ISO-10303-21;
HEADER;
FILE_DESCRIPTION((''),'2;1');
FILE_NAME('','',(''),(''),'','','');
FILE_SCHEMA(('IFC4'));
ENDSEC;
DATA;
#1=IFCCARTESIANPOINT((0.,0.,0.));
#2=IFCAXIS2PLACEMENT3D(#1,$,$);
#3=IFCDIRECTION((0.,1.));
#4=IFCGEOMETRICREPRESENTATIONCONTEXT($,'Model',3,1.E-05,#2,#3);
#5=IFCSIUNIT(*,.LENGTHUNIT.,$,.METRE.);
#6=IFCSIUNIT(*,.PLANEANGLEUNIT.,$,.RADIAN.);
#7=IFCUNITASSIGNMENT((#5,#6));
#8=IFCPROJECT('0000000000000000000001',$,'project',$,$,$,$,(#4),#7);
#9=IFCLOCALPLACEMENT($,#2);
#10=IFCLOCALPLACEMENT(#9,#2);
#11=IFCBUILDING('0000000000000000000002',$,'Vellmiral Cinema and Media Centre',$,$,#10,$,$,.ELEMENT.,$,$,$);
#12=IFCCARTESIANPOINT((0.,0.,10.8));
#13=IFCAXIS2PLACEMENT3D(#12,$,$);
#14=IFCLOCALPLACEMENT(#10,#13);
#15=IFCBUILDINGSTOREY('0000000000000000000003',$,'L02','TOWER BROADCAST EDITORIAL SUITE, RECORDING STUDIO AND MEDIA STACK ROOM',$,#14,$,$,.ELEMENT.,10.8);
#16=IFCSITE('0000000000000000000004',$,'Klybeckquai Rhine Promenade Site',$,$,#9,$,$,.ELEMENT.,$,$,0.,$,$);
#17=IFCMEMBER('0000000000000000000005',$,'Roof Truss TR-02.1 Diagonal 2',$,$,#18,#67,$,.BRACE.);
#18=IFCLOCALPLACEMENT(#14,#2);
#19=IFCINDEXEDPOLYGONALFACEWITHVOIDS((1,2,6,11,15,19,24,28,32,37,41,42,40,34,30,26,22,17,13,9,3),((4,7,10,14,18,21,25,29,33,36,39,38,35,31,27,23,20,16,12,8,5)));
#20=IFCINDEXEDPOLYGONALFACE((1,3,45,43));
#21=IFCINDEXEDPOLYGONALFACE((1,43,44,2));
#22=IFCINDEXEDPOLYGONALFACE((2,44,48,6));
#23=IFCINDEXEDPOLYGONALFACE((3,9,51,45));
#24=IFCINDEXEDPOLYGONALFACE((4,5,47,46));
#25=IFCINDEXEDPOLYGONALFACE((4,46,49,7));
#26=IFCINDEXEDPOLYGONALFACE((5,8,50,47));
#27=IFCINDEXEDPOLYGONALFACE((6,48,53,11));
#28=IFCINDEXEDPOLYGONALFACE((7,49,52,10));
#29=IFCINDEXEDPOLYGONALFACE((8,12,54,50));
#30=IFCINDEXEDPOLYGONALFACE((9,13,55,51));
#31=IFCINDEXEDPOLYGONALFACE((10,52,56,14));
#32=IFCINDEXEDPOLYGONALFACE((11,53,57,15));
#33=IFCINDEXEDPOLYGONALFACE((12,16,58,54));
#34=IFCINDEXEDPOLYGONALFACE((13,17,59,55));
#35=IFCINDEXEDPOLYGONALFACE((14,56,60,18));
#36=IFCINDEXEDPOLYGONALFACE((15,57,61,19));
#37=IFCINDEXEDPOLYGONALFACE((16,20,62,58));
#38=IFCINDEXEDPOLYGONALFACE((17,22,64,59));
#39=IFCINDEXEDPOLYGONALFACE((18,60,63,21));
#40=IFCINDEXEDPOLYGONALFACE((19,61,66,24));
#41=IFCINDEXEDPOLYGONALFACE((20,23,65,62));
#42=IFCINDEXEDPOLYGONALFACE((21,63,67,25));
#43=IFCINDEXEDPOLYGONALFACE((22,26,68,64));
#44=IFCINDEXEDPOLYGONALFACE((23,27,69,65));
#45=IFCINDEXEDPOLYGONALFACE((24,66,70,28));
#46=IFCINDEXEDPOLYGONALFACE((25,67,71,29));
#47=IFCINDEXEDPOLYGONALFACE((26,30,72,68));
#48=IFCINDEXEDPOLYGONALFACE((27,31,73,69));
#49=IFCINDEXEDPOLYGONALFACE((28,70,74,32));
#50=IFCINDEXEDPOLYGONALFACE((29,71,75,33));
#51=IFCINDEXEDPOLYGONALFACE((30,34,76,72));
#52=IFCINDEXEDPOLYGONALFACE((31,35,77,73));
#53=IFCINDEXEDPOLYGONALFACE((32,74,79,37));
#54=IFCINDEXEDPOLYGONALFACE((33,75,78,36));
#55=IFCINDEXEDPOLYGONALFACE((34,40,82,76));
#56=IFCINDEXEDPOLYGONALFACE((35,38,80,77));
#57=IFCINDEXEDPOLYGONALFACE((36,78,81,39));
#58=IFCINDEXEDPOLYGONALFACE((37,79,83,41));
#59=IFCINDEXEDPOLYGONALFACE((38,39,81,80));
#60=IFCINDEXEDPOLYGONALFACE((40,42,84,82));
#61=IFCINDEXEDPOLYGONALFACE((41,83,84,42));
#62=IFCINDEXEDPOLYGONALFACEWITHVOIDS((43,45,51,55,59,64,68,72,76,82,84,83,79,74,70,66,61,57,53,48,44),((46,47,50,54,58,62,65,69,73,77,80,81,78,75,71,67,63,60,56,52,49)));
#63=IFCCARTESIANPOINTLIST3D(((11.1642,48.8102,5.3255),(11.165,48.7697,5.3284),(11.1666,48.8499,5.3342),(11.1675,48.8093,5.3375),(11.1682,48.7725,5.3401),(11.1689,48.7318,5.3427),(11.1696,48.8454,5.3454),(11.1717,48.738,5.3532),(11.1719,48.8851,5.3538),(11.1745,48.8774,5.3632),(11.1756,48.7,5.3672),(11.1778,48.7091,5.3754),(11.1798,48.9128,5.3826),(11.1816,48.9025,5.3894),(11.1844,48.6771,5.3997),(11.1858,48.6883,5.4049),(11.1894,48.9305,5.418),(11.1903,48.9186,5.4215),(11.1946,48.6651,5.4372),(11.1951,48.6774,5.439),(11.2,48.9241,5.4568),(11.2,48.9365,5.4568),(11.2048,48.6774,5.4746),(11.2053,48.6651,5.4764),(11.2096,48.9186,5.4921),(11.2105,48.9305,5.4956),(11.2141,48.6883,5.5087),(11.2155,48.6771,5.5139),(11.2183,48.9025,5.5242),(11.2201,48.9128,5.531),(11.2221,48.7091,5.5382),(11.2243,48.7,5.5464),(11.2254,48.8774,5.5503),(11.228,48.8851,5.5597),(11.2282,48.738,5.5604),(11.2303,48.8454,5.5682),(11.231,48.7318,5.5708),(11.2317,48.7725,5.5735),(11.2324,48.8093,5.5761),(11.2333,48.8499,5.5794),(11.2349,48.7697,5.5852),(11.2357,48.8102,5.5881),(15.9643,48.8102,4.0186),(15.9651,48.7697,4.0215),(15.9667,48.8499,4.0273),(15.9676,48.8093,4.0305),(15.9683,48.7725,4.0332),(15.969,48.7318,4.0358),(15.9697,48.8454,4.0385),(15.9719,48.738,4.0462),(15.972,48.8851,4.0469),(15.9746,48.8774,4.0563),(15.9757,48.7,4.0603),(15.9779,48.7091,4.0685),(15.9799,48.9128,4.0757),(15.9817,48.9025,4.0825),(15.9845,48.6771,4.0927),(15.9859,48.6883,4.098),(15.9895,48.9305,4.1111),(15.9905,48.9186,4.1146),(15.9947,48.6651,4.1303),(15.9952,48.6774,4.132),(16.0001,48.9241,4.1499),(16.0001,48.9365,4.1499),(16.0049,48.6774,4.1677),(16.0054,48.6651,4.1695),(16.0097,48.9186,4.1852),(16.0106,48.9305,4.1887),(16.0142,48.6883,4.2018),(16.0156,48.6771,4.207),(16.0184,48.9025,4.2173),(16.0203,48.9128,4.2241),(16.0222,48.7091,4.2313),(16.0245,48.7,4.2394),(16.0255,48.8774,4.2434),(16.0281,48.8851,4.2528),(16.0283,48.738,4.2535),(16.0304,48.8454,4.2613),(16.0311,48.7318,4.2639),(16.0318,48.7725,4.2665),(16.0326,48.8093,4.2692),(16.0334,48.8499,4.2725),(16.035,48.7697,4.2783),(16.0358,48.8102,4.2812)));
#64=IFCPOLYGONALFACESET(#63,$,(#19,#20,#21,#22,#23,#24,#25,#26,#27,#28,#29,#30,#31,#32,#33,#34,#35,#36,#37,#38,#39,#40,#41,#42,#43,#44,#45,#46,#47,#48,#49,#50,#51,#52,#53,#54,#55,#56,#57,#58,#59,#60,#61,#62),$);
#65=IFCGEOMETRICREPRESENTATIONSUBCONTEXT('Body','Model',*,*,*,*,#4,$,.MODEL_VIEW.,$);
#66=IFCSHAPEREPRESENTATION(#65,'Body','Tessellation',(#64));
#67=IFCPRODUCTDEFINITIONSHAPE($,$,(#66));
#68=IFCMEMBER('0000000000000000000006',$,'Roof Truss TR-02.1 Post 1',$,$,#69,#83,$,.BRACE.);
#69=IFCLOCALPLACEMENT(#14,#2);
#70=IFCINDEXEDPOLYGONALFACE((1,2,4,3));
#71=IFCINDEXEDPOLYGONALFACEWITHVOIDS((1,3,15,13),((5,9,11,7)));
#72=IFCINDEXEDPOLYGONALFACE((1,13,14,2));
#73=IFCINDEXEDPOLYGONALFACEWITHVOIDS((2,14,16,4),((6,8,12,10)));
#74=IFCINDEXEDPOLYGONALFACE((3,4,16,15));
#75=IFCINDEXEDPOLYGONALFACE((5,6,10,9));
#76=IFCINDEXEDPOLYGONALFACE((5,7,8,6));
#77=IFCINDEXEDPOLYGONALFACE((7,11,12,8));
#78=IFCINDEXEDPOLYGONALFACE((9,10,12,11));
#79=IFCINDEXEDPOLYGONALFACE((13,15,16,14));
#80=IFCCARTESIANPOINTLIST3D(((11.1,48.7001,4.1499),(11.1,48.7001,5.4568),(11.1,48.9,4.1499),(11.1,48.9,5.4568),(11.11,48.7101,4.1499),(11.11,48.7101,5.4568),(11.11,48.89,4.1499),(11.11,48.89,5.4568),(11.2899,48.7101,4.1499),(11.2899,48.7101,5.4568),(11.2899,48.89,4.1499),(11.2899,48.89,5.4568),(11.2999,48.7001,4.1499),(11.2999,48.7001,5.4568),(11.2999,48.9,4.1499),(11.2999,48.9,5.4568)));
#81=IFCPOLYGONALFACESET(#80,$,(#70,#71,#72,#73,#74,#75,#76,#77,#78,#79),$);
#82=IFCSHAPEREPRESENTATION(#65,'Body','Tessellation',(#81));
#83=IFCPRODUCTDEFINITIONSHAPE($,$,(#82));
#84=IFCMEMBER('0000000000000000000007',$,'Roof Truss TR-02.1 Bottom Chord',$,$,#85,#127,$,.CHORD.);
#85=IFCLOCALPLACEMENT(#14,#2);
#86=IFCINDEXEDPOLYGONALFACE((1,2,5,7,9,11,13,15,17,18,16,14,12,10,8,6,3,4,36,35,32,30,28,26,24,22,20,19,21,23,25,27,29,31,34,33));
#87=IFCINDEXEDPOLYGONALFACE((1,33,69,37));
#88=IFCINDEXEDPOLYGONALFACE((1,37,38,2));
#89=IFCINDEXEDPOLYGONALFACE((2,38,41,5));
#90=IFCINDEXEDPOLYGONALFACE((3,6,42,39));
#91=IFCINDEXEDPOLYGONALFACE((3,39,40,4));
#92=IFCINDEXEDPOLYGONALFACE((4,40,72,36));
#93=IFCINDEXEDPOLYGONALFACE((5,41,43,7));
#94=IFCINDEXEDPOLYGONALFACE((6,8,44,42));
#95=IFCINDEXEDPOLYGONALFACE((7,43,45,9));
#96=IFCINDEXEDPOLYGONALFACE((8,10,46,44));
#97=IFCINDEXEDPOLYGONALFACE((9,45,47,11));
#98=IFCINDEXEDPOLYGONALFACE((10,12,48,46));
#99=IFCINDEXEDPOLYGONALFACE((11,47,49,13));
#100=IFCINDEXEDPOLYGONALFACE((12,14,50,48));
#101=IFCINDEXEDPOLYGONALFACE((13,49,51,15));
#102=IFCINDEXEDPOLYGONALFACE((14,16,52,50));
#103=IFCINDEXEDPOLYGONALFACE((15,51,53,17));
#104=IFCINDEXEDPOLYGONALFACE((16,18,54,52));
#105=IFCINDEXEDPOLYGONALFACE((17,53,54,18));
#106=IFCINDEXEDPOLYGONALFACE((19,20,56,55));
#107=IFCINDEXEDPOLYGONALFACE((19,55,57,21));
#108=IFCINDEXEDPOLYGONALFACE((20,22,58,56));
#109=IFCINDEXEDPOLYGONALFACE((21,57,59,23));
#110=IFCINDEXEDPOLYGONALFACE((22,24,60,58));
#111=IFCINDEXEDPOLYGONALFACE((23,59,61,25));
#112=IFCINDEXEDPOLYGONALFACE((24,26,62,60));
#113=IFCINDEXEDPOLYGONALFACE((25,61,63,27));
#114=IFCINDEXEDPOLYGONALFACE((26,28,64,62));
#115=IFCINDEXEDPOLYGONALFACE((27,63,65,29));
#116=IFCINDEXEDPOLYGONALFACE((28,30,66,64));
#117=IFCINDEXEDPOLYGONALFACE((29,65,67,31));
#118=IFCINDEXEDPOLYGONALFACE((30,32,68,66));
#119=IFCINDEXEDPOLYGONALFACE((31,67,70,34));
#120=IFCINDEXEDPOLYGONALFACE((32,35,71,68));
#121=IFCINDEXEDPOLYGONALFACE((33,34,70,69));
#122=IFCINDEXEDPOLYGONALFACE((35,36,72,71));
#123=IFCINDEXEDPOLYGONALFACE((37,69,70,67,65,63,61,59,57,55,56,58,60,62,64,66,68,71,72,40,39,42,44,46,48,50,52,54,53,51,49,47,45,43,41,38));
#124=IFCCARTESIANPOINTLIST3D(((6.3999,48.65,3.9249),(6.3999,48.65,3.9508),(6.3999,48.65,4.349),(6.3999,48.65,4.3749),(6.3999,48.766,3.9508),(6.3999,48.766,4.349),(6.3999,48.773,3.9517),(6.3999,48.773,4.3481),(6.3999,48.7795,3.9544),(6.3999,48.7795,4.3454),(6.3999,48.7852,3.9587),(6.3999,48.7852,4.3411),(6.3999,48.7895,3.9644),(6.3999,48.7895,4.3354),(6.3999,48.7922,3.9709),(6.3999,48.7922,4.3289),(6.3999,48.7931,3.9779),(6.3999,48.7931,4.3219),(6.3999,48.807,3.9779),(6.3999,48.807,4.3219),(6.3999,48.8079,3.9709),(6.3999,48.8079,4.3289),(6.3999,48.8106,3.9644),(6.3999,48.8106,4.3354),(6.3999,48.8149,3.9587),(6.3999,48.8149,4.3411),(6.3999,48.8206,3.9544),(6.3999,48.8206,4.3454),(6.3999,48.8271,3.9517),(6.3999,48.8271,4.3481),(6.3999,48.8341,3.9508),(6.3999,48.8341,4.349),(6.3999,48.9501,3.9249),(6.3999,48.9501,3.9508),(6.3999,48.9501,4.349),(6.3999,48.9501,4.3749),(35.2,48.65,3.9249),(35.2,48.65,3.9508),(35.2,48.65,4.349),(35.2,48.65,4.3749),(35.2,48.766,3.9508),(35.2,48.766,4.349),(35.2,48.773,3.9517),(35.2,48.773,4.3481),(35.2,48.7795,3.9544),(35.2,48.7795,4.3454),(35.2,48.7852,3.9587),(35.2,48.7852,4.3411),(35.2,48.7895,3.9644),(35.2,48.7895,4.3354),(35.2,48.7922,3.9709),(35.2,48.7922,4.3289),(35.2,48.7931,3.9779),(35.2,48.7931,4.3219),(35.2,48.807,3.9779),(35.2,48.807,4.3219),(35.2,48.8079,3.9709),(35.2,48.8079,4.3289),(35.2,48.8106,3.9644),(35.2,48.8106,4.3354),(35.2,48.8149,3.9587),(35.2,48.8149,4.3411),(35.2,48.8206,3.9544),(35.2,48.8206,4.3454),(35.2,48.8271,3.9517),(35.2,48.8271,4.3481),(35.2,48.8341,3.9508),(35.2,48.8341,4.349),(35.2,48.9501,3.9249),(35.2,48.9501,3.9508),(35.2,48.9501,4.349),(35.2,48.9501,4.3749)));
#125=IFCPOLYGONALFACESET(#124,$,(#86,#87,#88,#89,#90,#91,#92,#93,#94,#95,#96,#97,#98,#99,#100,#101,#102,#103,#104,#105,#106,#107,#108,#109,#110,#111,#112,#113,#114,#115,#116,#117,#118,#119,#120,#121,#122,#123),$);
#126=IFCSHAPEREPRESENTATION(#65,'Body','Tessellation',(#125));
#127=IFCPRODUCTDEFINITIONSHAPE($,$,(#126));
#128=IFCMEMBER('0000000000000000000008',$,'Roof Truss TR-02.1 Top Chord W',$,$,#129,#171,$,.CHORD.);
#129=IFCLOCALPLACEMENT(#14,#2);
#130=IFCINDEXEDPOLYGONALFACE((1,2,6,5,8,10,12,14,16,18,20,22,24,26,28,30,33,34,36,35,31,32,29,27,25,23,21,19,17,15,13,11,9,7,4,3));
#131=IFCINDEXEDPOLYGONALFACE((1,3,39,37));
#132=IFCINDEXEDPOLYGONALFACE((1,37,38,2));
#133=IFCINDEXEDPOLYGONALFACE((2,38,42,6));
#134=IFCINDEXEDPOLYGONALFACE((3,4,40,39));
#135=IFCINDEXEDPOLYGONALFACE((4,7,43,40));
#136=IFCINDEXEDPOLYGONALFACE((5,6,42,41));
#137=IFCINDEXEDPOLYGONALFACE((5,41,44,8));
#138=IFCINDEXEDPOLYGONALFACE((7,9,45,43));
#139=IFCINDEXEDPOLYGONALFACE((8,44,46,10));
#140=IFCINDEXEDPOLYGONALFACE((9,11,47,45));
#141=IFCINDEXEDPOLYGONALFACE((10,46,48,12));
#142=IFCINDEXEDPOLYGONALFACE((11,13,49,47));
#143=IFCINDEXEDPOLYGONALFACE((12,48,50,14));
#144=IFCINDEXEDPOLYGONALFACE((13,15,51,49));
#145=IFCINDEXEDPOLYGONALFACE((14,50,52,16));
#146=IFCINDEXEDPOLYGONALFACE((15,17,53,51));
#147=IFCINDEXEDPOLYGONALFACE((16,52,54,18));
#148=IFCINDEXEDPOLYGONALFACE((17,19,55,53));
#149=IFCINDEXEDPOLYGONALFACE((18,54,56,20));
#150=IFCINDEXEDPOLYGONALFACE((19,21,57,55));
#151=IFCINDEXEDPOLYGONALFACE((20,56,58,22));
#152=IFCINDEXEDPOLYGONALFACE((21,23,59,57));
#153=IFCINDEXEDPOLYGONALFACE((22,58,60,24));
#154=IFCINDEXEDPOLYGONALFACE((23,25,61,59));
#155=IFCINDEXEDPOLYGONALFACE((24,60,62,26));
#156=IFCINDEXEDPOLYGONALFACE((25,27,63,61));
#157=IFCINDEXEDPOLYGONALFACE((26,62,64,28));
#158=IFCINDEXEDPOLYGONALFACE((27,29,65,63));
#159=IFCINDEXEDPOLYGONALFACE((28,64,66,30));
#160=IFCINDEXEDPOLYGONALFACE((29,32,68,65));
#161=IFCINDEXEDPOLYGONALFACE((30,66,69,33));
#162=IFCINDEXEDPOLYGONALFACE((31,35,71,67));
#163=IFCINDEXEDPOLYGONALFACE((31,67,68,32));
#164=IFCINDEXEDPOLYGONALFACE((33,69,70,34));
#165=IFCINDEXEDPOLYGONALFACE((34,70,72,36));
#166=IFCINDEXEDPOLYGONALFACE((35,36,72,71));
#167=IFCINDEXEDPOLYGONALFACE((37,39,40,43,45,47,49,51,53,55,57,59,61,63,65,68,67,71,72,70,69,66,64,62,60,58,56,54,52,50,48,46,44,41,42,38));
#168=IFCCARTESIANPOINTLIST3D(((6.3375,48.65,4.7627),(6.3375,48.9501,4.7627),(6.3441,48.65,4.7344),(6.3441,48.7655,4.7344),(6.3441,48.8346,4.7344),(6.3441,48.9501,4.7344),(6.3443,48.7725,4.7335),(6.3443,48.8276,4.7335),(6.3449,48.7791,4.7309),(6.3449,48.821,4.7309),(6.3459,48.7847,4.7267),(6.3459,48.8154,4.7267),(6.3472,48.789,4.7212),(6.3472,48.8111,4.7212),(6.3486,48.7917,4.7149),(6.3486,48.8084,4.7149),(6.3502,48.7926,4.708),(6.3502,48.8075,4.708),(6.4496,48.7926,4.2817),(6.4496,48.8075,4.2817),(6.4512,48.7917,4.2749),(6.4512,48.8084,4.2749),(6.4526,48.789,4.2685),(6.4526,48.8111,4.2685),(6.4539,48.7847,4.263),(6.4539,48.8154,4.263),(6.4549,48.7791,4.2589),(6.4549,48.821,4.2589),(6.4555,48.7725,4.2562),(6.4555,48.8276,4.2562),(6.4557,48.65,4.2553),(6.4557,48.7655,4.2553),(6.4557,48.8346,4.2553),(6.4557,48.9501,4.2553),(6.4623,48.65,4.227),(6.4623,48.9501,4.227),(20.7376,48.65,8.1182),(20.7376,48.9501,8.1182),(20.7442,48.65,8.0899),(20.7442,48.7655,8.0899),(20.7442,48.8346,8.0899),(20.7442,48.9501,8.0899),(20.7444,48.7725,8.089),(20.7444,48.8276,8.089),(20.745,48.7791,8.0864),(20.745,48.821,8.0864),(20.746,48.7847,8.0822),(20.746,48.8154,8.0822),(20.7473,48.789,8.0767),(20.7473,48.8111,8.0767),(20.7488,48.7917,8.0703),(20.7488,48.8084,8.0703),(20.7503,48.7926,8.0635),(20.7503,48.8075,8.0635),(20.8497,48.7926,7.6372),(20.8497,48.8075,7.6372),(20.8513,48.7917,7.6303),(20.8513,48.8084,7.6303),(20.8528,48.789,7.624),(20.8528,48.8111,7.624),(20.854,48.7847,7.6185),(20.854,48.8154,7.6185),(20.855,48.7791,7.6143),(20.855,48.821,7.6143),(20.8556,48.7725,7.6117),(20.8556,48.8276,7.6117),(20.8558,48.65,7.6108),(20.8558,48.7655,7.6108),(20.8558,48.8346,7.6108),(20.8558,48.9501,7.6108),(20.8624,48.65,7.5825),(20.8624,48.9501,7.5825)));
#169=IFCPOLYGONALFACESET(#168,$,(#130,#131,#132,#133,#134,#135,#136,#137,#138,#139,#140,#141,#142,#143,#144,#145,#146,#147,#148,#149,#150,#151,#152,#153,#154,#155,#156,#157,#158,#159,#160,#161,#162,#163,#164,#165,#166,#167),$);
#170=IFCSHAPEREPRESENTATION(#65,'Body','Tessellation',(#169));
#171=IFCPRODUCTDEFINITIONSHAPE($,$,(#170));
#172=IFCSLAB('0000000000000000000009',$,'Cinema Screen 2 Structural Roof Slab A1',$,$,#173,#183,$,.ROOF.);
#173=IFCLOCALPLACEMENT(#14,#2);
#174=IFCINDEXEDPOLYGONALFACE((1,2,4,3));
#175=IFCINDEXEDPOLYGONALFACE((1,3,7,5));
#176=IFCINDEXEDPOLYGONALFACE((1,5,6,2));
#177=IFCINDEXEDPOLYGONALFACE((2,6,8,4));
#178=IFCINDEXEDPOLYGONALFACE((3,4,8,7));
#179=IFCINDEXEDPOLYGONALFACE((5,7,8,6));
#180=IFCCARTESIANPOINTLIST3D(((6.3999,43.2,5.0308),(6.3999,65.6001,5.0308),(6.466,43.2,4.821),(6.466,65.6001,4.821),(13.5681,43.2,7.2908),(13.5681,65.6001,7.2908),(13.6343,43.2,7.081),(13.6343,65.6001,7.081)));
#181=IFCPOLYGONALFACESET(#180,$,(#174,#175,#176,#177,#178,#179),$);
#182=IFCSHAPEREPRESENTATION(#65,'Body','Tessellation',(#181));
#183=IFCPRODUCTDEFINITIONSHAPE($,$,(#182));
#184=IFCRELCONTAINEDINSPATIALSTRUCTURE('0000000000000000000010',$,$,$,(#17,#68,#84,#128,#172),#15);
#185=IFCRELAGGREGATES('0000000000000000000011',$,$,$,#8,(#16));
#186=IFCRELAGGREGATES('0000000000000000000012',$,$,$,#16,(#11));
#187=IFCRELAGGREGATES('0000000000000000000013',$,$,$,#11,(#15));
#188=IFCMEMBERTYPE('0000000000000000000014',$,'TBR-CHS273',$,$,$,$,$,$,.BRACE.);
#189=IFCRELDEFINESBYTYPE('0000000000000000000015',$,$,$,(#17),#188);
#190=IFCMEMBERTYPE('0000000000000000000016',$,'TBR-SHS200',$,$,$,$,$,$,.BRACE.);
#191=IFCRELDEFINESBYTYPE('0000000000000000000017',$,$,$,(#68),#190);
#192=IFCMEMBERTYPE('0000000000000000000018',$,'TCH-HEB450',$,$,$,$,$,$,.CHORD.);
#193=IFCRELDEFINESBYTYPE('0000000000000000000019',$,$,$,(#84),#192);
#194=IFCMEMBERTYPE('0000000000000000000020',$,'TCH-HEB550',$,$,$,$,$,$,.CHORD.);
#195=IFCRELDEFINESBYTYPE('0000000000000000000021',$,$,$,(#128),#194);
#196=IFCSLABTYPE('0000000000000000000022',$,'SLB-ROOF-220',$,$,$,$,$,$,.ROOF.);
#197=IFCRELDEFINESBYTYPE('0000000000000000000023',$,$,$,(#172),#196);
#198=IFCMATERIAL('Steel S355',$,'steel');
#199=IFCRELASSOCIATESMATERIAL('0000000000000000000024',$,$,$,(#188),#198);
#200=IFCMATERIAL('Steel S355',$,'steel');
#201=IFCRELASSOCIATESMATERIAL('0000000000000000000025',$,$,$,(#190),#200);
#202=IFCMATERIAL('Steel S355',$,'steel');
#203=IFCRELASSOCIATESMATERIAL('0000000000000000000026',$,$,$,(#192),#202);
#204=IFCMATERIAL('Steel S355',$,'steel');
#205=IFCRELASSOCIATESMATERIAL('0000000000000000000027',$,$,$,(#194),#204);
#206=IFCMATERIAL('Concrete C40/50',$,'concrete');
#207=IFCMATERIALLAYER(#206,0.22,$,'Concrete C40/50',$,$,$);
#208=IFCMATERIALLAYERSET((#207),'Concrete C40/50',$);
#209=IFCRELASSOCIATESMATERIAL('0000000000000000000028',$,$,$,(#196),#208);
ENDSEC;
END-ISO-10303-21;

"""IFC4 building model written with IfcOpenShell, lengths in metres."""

from ifc_helpers import new_model, si_unit, direction, frame, origin, origin_2d, place, context, subcontext, project, spatial, polyline, hollow_rectangle, hollow_circle, i_section, outline, extrude, material, layer, layer_set, material_profile, profile_set, type_object, element, save


model = new_model("IFC4")

# Units and contexts
model_context = context("Model", 3, precision=1e-05, world=origin(), true_north=direction((0.0, 1.0)))
body_context = subcontext(model_context, "Body", "Model", "MODEL_VIEW")
ifc_project = project(units=[si_unit("LENGTHUNIT", "METRE"), si_unit("PLANEANGLEUNIT", "RADIAN")], contexts=[model_context])

# Site, building, storey
site_placement = place(None, origin())
site = spatial("IfcSite", under=ifc_project, at=site_placement, Name="Klybeckquai Rhine Promenade Site", CompositionType="ELEMENT", RefElevation=0.0)
building_placement = place(site_placement, origin())
building = spatial("IfcBuilding", under=site, at=building_placement, Name="Vellmiral Cinema and Media Centre", CompositionType="ELEMENT")
storey_placement = place(building_placement, frame((0.0, 0.0, 10.8)))
storey = spatial("IfcBuildingStorey", under=building, at=storey_placement, Name="L02", Description="TOWER BROADCAST EDITORIAL SUITE, RECORDING STUDIO AND MEDIA STACK ROOM", CompositionType="ELEMENT", Elevation=10.8)

# Members
ifc_material_1 = material(Name="Steel S355", Category="steel")
ifc_material_profile_1 = material_profile(ifc_material_1, hollow_circle(Radius=0.1365, WallThickness=0.0125, at=origin_2d()), Name="CHS 273.0x12.5")
ifc_profile_set_1 = profile_set([ifc_material_profile_1], Name="Steel S355")
member_type_1 = type_object("IfcMemberType", Name="TBR-CHS273", PredefinedType="BRACE", material=ifc_profile_set_1)
member_1_placement = place(storey_placement, frame((11.2, 48.8, 5.4568), z_axis=(0.964877, 0.0, -0.262702), x_axis=(0.0, 1.0, 0.0)))
element("IfcMember", 1, at=member_1_placement, inside=storey, type_object=member_type_1, Name="Roof Truss TR-02.1 Diagonal 2", PredefinedType="BRACE", context=body_context, shape_type="SweptSolid", body=[
    extrude(hollow_circle(Radius=0.1365, WallThickness=0.0125, at=origin_2d()), origin(), (0.0, 0.0, 1.0), 4.9749),
])
ifc_material_2 = material(Name="Steel S355", Category="steel")
ifc_material_profile_2 = material_profile(ifc_material_2, hollow_rectangle(XDim=0.2, YDim=0.2, WallThickness=0.01, at=origin_2d()), Name="SHS 200x200x10.0")
ifc_profile_set_2 = profile_set([ifc_material_profile_2], Name="Steel S355")
member_type_2 = type_object("IfcMemberType", Name="TBR-SHS200", PredefinedType="BRACE", material=ifc_profile_set_2)
member_2_placement = place(storey_placement, frame((11.2, 48.8, 4.1499), z_axis=(0.0, 0.0, 1.0), x_axis=(1.0, 0.0, 0.0)))
element("IfcMember", 2, at=member_2_placement, inside=storey, type_object=member_type_2, Name="Roof Truss TR-02.1 Post 1", PredefinedType="BRACE", context=body_context, shape_type="SweptSolid", body=[
    extrude(hollow_rectangle(XDim=0.2, YDim=0.2, WallThickness=0.01, at=origin_2d()), origin(), (0.0, 0.0, 1.0), 1.3069),
])
ifc_material_3 = material(Name="Steel S355", Category="steel")
ifc_material_profile_3 = material_profile(ifc_material_3, i_section(OverallWidth=0.3, OverallDepth=0.45, WebThickness=0.0139, FlangeThickness=0.0259, FilletRadius=0.0271, at=origin_2d()), Name="HEB 450")
ifc_profile_set_3 = profile_set([ifc_material_profile_3], Name="Steel S355")
member_type_3 = type_object("IfcMemberType", Name="TCH-HEB450", PredefinedType="CHORD", material=ifc_profile_set_3)
member_3_placement = place(storey_placement, frame((6.3999, 48.8, 4.1499), z_axis=(1.0, 0.0, 0.0), x_axis=(0.0, 1.0, 0.0)))
element("IfcMember", 3, at=member_3_placement, inside=storey, type_object=member_type_3, Name="Roof Truss TR-02.1 Bottom Chord", PredefinedType="CHORD", context=body_context, shape_type="SweptSolid", body=[
    extrude(i_section(OverallWidth=0.3, OverallDepth=0.45, WebThickness=0.0139, FlangeThickness=0.0259, FilletRadius=0.0271, at=origin_2d()), origin(), (0.0, 0.0, 1.0), 28.8),
])
ifc_material_4 = material(Name="Steel S355", Category="steel")
ifc_material_profile_4 = material_profile(ifc_material_4, i_section(OverallWidth=0.3, OverallDepth=0.55, WebThickness=0.0149, FlangeThickness=0.0291, FilletRadius=0.0271, at=origin_2d()), Name="HEB 550")
ifc_profile_set_4 = profile_set([ifc_material_profile_4], Name="Steel S355")
member_type_4 = type_object("IfcMemberType", Name="TCH-HEB550", PredefinedType="CHORD", material=ifc_profile_set_4)
member_4_placement = place(storey_placement, frame((6.3999, 48.8, 4.4949), z_axis=(0.973909, 0.0, 0.226937), x_axis=(0.0, 1.0, 0.0)))
element("IfcMember", 4, at=member_4_placement, inside=storey, type_object=member_type_4, Name="Roof Truss TR-02.1 Top Chord W", PredefinedType="CHORD", context=body_context, shape_type="SweptSolid", body=[
    extrude(i_section(OverallWidth=0.3, OverallDepth=0.55, WebThickness=0.0149, FlangeThickness=0.0291, FilletRadius=0.0271, at=origin_2d()), origin(), (0.0, 0.0, 1.0), 14.7859),
])

# Slab
ifc_material_5 = material(Name="Concrete C40/50", Category="concrete")
ifc_layer_1 = layer(ifc_material_5, 0.22, Name="Concrete C40/50")
ifc_layer_set_1 = layer_set([ifc_layer_1], Name="Concrete C40/50")
slab_type = type_object("IfcSlabType", Name="SLB-ROOF-220", PredefinedType="ROOF", material=ifc_layer_set_1)
slab_placement = place(storey_placement, frame((6.3999, 43.2, 5.0308), z_axis=(-0.300691, 0.0, 0.953721), x_axis=(0.953721, 0.0, 0.300691)))
element("IfcSlab", 5, at=slab_placement, inside=storey, type_object=slab_type, Name="Cinema Screen 2 Structural Roof Slab A1", PredefinedType="ROOF", context=body_context, shape_type="SweptSolid", body=[
    extrude(outline(polyline([(0.0, 0.0), (7.516, 0.0), (7.516, 22.4001), (0.0, 22.4001), (0.0, 0.0)])), origin(), (0.0, 0.0, -1.0), 0.22),
])

save(model, "model.ifc")
